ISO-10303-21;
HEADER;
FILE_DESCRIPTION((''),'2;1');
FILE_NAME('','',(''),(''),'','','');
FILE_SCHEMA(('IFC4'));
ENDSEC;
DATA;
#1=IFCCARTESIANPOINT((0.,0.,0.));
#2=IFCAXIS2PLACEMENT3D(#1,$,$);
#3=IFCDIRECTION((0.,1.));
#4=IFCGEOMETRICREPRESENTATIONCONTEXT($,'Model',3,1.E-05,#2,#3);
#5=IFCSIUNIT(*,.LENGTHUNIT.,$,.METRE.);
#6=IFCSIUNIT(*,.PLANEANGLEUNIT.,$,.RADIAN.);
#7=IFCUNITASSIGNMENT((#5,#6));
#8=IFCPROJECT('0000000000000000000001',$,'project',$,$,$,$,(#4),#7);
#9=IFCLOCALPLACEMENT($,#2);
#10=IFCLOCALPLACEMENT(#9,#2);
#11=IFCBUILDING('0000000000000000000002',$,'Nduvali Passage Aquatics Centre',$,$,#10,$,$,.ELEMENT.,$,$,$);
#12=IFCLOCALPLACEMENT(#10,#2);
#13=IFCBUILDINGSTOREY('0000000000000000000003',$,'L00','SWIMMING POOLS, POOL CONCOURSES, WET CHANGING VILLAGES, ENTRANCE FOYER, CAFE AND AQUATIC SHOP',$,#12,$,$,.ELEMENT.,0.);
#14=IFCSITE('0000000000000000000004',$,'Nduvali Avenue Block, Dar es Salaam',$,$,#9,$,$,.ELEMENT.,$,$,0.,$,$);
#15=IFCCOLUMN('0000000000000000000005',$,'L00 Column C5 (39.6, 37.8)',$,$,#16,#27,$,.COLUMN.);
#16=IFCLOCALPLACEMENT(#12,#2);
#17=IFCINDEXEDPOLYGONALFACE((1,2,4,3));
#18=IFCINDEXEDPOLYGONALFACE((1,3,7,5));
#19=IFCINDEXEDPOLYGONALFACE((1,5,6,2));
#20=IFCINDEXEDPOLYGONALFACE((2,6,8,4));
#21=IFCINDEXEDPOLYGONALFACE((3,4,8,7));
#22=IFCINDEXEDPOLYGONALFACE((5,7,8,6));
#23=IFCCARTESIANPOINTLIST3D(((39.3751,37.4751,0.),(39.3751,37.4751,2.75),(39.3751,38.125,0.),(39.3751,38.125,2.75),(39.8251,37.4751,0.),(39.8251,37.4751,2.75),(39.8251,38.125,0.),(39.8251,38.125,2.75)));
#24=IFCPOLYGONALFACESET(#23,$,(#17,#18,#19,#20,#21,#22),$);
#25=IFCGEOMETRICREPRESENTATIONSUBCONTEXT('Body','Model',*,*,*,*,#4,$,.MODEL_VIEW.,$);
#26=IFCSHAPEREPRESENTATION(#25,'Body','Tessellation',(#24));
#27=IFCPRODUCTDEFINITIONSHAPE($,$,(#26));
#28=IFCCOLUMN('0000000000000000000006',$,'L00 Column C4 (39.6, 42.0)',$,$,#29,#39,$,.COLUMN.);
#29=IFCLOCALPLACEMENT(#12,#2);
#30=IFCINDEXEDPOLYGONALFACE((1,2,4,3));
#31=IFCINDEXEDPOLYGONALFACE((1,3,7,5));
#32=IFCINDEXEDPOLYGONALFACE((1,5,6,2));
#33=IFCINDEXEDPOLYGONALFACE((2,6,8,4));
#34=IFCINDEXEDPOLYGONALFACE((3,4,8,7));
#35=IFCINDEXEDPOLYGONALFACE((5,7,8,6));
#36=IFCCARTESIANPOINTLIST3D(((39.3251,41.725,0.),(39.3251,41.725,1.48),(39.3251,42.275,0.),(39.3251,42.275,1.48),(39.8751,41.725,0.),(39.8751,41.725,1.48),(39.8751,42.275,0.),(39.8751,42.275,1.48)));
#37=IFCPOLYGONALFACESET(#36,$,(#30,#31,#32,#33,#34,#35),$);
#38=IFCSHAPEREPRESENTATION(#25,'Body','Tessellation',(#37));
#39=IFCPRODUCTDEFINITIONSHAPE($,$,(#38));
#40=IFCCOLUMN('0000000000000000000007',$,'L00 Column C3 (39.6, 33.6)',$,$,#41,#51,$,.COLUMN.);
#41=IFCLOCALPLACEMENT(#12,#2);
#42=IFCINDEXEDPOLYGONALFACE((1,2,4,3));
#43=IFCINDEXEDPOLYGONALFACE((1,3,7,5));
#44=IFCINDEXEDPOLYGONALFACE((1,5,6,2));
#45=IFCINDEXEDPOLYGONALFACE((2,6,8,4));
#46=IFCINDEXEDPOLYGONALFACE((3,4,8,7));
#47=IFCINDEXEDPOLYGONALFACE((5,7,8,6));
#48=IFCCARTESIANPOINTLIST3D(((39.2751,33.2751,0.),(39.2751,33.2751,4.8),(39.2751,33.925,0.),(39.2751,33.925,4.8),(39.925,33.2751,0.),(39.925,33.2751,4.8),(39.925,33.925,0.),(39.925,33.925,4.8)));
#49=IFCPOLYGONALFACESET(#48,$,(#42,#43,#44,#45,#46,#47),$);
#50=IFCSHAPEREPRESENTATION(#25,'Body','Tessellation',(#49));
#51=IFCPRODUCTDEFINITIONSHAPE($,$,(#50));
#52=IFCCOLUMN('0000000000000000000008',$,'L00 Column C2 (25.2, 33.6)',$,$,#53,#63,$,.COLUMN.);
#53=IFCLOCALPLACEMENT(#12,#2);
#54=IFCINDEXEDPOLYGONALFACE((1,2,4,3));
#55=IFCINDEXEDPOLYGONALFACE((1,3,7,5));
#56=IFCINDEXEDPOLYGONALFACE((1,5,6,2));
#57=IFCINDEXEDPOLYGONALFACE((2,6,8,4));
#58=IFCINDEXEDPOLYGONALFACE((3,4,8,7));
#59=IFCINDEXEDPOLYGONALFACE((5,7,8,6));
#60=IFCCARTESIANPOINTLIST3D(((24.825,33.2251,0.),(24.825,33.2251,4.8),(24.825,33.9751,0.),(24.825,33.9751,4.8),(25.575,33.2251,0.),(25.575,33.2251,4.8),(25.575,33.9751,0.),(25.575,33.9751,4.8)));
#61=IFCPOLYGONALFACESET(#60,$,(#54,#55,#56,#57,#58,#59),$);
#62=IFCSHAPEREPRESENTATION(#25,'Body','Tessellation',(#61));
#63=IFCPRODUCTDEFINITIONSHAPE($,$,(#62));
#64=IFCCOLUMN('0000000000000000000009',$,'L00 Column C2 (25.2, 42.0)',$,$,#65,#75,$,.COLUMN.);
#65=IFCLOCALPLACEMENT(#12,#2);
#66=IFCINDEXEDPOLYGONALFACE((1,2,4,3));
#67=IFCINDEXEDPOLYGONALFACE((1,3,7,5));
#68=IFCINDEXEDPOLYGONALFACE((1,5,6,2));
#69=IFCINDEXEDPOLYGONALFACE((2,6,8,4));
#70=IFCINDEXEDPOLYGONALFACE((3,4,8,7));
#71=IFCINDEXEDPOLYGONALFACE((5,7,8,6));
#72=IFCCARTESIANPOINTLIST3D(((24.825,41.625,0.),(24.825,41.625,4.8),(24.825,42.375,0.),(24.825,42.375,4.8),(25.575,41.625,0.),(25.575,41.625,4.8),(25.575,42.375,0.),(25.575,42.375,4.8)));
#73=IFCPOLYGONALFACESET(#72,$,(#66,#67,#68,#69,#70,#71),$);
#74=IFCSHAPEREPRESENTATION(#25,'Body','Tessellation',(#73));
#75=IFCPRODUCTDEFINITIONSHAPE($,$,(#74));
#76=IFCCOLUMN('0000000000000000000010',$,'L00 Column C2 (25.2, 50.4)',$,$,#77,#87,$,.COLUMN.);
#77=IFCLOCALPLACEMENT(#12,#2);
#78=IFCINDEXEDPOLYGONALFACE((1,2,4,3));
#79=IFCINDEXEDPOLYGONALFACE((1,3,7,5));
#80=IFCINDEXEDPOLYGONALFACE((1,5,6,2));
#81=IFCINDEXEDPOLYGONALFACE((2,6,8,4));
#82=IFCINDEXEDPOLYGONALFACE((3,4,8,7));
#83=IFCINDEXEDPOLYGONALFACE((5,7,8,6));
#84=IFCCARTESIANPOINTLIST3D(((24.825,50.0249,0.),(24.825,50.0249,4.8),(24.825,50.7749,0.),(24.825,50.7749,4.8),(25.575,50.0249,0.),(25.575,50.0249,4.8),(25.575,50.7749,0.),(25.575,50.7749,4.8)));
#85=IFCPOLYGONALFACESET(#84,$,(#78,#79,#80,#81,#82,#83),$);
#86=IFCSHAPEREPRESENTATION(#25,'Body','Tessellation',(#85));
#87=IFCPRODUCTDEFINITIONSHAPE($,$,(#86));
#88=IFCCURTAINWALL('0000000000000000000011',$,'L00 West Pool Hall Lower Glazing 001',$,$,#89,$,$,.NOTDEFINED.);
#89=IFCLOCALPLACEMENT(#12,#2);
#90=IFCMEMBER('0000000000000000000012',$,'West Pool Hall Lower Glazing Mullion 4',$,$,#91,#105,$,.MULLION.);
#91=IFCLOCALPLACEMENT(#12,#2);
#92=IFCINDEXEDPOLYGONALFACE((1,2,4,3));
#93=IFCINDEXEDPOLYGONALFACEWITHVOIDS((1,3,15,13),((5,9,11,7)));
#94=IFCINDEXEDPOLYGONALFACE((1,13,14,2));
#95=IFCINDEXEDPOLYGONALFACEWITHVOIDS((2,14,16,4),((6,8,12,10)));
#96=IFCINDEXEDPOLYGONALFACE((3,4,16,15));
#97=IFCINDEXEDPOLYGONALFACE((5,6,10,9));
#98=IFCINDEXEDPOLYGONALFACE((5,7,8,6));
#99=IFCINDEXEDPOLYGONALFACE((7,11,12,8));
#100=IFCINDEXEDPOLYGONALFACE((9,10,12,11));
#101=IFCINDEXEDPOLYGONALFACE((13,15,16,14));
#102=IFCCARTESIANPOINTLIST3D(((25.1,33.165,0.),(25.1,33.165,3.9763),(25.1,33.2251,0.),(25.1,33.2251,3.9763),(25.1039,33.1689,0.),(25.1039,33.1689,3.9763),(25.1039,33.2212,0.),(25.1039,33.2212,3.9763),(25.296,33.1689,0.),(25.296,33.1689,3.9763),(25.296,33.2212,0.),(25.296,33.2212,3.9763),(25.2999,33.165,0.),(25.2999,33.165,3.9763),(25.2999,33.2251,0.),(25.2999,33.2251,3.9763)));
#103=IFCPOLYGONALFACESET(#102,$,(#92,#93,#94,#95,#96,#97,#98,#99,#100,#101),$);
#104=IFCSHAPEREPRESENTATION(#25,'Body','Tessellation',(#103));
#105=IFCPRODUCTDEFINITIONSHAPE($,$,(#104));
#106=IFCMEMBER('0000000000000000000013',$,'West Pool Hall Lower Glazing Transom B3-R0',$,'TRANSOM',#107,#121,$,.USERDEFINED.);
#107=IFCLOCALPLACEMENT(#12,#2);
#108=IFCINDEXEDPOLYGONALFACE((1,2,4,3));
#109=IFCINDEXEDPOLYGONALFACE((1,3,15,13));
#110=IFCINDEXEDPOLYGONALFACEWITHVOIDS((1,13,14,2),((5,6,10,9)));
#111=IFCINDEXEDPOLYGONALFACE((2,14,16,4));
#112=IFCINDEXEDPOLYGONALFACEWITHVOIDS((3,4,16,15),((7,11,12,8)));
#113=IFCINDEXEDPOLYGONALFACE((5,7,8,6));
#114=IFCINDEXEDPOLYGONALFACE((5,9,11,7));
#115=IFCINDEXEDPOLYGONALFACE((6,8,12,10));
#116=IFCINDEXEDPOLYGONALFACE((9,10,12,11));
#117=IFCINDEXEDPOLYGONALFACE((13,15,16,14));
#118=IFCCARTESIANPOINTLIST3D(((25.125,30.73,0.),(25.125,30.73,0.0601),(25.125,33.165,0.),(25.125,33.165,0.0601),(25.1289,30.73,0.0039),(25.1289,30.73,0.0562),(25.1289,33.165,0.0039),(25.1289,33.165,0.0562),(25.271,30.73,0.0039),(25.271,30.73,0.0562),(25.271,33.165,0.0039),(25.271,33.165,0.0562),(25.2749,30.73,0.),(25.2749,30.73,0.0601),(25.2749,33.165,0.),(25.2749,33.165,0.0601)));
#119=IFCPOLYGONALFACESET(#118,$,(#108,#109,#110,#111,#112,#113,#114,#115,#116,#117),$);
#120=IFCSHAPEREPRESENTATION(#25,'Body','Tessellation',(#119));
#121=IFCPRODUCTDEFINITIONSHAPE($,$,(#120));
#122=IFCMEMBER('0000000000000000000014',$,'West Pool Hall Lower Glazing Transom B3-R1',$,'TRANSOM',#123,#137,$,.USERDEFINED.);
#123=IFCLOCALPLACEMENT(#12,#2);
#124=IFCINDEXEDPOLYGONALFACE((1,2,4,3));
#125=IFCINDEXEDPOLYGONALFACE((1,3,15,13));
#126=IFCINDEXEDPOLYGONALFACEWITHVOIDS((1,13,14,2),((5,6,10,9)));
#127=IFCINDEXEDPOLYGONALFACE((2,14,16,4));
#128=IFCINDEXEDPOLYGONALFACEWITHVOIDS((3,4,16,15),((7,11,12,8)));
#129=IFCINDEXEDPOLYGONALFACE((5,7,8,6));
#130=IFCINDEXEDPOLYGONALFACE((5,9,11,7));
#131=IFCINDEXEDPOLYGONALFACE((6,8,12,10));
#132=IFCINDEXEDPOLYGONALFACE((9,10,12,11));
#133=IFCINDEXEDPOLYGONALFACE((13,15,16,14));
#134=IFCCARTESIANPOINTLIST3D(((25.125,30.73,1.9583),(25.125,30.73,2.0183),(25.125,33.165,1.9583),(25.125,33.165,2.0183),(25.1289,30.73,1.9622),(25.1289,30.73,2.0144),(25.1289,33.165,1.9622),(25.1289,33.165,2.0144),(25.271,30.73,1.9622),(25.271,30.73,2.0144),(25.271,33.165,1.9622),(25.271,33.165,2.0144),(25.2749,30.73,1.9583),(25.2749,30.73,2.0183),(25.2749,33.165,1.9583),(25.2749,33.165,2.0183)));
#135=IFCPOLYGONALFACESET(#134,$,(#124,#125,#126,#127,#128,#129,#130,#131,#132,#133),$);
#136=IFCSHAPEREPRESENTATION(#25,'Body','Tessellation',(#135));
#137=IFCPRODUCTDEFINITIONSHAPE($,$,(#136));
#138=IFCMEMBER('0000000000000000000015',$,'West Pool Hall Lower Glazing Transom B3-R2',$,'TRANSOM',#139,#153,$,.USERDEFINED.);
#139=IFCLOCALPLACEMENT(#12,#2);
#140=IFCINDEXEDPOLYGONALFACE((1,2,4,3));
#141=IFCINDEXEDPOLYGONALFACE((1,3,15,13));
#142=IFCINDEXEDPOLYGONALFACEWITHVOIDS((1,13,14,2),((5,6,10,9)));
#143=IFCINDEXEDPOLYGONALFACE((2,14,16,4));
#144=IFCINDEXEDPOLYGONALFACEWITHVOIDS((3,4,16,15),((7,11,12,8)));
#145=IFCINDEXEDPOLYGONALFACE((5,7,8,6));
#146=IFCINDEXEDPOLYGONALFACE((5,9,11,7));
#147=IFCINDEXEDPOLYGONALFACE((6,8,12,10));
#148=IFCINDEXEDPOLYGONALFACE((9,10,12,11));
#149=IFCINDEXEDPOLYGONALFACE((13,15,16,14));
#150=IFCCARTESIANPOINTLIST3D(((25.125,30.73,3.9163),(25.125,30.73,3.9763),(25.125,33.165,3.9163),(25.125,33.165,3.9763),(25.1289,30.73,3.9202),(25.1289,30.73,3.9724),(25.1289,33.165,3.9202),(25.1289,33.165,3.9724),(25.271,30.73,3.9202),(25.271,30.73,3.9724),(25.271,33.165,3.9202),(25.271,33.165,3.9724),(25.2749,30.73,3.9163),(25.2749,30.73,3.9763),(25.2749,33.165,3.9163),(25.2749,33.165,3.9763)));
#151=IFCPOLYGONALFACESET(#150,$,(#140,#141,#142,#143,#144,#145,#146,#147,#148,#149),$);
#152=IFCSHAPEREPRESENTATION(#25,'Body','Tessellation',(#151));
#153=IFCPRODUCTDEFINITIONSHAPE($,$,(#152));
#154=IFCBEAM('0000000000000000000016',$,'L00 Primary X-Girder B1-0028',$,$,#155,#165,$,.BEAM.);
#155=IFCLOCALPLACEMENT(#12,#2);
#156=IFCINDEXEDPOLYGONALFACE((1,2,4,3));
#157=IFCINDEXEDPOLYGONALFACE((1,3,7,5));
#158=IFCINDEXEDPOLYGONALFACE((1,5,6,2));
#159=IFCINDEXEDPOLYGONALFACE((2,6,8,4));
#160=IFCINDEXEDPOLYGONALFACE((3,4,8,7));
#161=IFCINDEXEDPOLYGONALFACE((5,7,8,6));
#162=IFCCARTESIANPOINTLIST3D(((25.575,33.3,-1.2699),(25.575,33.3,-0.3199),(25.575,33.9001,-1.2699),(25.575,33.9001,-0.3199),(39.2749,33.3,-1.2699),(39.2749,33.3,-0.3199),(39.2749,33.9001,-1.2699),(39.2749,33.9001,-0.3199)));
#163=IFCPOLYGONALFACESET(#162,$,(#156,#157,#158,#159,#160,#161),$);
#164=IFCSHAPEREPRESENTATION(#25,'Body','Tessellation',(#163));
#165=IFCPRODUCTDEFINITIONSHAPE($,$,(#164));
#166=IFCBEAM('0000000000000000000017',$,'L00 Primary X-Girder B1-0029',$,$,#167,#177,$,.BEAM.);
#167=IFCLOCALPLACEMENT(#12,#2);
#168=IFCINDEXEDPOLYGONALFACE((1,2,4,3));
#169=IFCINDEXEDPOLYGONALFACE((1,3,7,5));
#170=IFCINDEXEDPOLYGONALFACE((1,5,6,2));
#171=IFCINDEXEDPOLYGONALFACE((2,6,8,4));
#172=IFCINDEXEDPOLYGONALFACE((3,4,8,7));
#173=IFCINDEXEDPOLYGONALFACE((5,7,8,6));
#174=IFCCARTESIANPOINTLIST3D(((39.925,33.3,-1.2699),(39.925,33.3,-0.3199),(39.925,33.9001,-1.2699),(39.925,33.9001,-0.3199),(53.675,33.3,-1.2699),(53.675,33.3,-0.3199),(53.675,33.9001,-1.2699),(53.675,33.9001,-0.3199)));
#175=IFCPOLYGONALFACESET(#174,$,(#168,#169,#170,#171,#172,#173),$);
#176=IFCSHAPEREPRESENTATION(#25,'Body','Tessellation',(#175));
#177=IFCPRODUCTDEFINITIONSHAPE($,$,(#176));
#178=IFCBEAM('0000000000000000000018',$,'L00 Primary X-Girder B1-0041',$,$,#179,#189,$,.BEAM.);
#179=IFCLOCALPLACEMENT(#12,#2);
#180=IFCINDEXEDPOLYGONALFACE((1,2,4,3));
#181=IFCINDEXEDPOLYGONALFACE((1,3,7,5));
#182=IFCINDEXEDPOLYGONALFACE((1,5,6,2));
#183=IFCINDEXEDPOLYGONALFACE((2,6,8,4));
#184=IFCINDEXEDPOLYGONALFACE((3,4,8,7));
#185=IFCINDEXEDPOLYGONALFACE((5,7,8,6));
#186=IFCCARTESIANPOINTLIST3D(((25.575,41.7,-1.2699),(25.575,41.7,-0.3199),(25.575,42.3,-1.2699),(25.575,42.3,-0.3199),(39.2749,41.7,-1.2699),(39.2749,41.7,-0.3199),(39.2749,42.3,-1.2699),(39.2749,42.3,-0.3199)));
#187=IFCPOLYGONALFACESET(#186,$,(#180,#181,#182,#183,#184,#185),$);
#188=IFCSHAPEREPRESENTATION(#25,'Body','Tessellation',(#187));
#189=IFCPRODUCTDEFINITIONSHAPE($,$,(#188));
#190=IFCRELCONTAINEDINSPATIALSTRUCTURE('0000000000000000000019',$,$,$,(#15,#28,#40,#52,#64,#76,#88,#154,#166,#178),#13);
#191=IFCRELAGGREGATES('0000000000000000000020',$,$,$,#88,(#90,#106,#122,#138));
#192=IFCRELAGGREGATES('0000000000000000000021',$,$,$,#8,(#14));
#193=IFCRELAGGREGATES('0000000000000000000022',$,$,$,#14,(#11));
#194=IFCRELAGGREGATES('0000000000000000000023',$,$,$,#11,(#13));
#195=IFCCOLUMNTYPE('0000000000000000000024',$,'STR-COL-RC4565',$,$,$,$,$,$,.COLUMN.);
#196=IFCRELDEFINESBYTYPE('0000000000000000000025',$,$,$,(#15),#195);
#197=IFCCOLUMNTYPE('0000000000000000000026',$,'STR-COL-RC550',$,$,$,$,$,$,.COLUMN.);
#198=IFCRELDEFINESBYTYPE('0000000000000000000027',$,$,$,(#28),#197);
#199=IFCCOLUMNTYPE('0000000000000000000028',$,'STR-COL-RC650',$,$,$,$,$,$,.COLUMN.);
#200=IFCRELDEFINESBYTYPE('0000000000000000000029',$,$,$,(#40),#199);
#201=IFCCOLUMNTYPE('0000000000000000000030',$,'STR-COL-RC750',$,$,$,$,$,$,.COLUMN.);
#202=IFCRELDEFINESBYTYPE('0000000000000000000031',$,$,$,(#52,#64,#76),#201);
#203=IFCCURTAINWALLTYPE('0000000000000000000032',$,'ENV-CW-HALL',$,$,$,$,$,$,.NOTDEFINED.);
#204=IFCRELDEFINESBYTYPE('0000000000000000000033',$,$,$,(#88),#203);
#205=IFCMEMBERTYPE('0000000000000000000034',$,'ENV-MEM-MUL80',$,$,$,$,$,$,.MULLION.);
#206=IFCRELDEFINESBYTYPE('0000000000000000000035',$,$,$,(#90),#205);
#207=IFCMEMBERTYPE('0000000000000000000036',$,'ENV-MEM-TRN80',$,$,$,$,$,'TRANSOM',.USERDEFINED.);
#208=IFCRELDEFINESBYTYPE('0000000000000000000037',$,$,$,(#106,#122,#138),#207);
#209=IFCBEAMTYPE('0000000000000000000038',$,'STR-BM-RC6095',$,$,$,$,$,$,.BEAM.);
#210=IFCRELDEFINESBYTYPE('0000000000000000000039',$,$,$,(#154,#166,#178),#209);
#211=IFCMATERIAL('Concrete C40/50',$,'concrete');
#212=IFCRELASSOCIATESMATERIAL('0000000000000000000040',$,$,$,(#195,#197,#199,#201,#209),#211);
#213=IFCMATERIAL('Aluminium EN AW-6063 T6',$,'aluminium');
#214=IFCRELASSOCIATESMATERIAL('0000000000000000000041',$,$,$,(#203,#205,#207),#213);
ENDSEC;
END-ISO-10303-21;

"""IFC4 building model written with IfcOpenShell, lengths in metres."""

from ifc_helpers import new_model, si_unit, direction, frame, origin, origin_2d, place, context, subcontext, project, spatial, rectangle, hollow_rectangle, extrude, material, material_profile, profile_set, type_object, element, aggregate, save


model = new_model("IFC4")

# Units and contexts
model_context = context("Model", 3, precision=1e-05, world=origin(), true_north=direction((0.0, 1.0)))
body_context = subcontext(model_context, "Body", "Model", "MODEL_VIEW")
ifc_project = project(units=[si_unit("LENGTHUNIT", "METRE"), si_unit("PLANEANGLEUNIT", "RADIAN")], contexts=[model_context])

# Site, building, storey
site_placement = place(None, origin())
site = spatial("IfcSite", under=ifc_project, at=site_placement, Name="Nduvali Avenue Block, Dar es Salaam", CompositionType="ELEMENT", RefElevation=0.0)
building_placement = place(site_placement, origin())
building = spatial("IfcBuilding", under=site, at=building_placement, Name="Nduvali Passage Aquatics Centre", CompositionType="ELEMENT")
storey_placement = place(building_placement, origin())
storey = spatial("IfcBuildingStorey", under=building, at=storey_placement, Name="L00", Description="SWIMMING POOLS, POOL CONCOURSES, WET CHANGING VILLAGES, ENTRANCE FOYER, CAFE AND AQUATIC SHOP", CompositionType="ELEMENT", Elevation=0.0)

# Columns
ifc_material_1 = material(Name="Concrete C40/50", Category="concrete")
ifc_material_profile_1 = material_profile(ifc_material_1, rectangle(XDim=0.45, YDim=0.6499, at=origin_2d()), Name="RC 450x650")
ifc_profile_set_1 = profile_set([ifc_material_profile_1], Name="Concrete C40/50")
column_type_1 = type_object("IfcColumnType", Name="STR-COL-RC4565", PredefinedType="COLUMN", material=ifc_profile_set_1)
column_1_placement = place(storey_placement, frame((39.6001, 37.8, 0.0), z_axis=(0.0, 0.0, 1.0), x_axis=(1.0, 0.0, 0.0)))
element("IfcColumn", 1, at=column_1_placement, inside=storey, type_object=column_type_1, Name="L00 Column C5 (39.6, 37.8)", PredefinedType="COLUMN", context=body_context, shape_type="SweptSolid", body=[
    extrude(rectangle(XDim=0.45, YDim=0.6499, at=origin_2d()), origin(), (0.0, 0.0, 1.0), 2.75),
])
ifc_material_profile_2 = material_profile(ifc_material_1, rectangle(XDim=0.55, YDim=0.55, at=origin_2d()), Name="RC 550x550")
ifc_profile_set_2 = profile_set([ifc_material_profile_2], Name="Concrete C40/50")
column_type_2 = type_object("IfcColumnType", Name="STR-COL-RC550", PredefinedType="COLUMN", material=ifc_profile_set_2)
column_2_placement = place(storey_placement, frame((39.6001, 42.0, 0.0), z_axis=(0.0, 0.0, 1.0), x_axis=(1.0, 0.0, 0.0)))
element("IfcColumn", 2, at=column_2_placement, inside=storey, type_object=column_type_2, Name="L00 Column C4 (39.6, 42.0)", PredefinedType="COLUMN", context=body_context, shape_type="SweptSolid", body=[
    extrude(rectangle(XDim=0.55, YDim=0.55, at=origin_2d()), origin(), (0.0, 0.0, 1.0), 1.48),
])
ifc_material_profile_3 = material_profile(ifc_material_1, rectangle(XDim=0.6499, YDim=0.6499, at=origin_2d()), Name="RC 650x650")
ifc_profile_set_3 = profile_set([ifc_material_profile_3], Name="Concrete C40/50")
column_type_3 = type_object("IfcColumnType", Name="STR-COL-RC650", PredefinedType="COLUMN", material=ifc_profile_set_3)
column_3_placement = place(storey_placement, frame((39.6001, 33.6001, 0.0), z_axis=(0.0, 0.0, 1.0), x_axis=(1.0, 0.0, 0.0)))
element("IfcColumn", 3, at=column_3_placement, inside=storey, type_object=column_type_3, Name="L00 Column C3 (39.6, 33.6)", PredefinedType="COLUMN", context=body_context, shape_type="SweptSolid", body=[
    extrude(rectangle(XDim=0.6499, YDim=0.6499, at=origin_2d()), origin(), (0.0, 0.0, 1.0), 4.8),
])
ifc_material_profile_4 = material_profile(ifc_material_1, rectangle(XDim=0.75, YDim=0.75, at=origin_2d()), Name="RC 750x750")
ifc_profile_set_4 = profile_set([ifc_material_profile_4], Name="Concrete C40/50")
column_type_4 = type_object("IfcColumnType", Name="STR-COL-RC750", PredefinedType="COLUMN", material=ifc_profile_set_4)
for number, where, z_axis, x_axis, name in (
    (4, (25.2, 33.6001, 0.0), (0.0, 0.0, 1.0), (1.0, 0.0, 0.0), "L00 Column C2 (25.2, 33.6)"),
    (5, (25.2, 42.0, 0.0), (0.0, 0.0, 1.0), (1.0, 0.0, 0.0), "L00 Column C2 (25.2, 42.0)"),
    (6, (25.2, 50.3999, 0.0), (0.0, 0.0, 1.0), (1.0, 0.0, 0.0), "L00 Column C2 (25.2, 50.4)"),
):
    element("IfcColumn", number, at=place(storey_placement, frame(where, z_axis=z_axis, x_axis=x_axis)), inside=storey, type_object=column_type_4, Name=name, PredefinedType="COLUMN", context=body_context, shape_type="SweptSolid", body=[
        extrude(rectangle(XDim=0.75, YDim=0.75, at=origin_2d()), origin(), (0.0, 0.0, 1.0), 4.8),
    ])

# Curtain wall, members
ifc_material_2 = material(Name="Aluminium EN AW-6063 T6", Category="aluminium")
curtain_wall_type = type_object("IfcCurtainWallType", Name="ENV-CW-HALL", PredefinedType="NOTDEFINED", material=ifc_material_2)
curtain_wall_placement = place(storey_placement, origin())
curtain_wall = element("IfcCurtainWall", 7, at=curtain_wall_placement, inside=storey, type_object=curtain_wall_type, Name="L00 West Pool Hall Lower Glazing 001", PredefinedType="NOTDEFINED")
ifc_material_profile_5 = material_profile(ifc_material_2, hollow_rectangle(XDim=0.0601, YDim=0.2, WallThickness=0.0039, at=origin_2d()), Name="ALU MULLION 60x200x4")
ifc_profile_set_5 = profile_set([ifc_material_profile_5], Name="Aluminium EN AW-6063 T6")
member_type_1 = type_object("IfcMemberType", Name="ENV-MEM-MUL80", PredefinedType="MULLION", material=ifc_profile_set_5)
member_1_placement = place(storey_placement, frame((25.2, 33.1951, 0.0), z_axis=(0.0, 0.0, 1.0), x_axis=(0.0, 1.0, 0.0)))
member_1 = element("IfcMember", 8, at=member_1_placement, type_object=member_type_1, Name="West Pool Hall Lower Glazing Mullion 4", PredefinedType="MULLION", context=body_context, shape_type="SweptSolid", body=[
    extrude(hollow_rectangle(XDim=0.0601, YDim=0.2, WallThickness=0.0039, at=origin_2d()), origin(), (0.0, 0.0, 1.0), 3.9763),
])
ifc_material_profile_6 = material_profile(ifc_material_2, hollow_rectangle(XDim=0.1499, YDim=0.0601, WallThickness=0.0039, at=origin_2d()), Name="ALU TRANSOM 150x60x4")
ifc_profile_set_6 = profile_set([ifc_material_profile_6], Name="Aluminium EN AW-6063 T6")
member_type_2 = type_object("IfcMemberType", Name="ENV-MEM-TRN80", ElementType="TRANSOM", PredefinedType="USERDEFINED", material=ifc_profile_set_6)
member_2_placement = place(storey_placement, frame((25.2, 30.73, 0.03), z_axis=(0.0, 1.0, 0.0), x_axis=(-1.0, 0.0, 0.0)))
member_2 = element("IfcMember", 9, at=member_2_placement, type_object=member_type_2, Name="West Pool Hall Lower Glazing Transom B3-R0", ObjectType="TRANSOM", PredefinedType="USERDEFINED", context=body_context, shape_type="SweptSolid", body=[
    extrude(hollow_rectangle(XDim=0.1499, YDim=0.0601, WallThickness=0.0039, at=origin_2d()), origin(), (0.0, 0.0, 1.0), 2.4351),
])
member_3_placement = place(storey_placement, frame((25.2, 30.73, 1.9883), z_axis=(0.0, 1.0, 0.0), x_axis=(-1.0, 0.0, 0.0)))
member_3 = element("IfcMember", 10, at=member_3_placement, type_object=member_type_2, Name="West Pool Hall Lower Glazing Transom B3-R1", ObjectType="TRANSOM", PredefinedType="USERDEFINED", context=body_context, shape_type="SweptSolid", body=[
    extrude(hollow_rectangle(XDim=0.1499, YDim=0.0601, WallThickness=0.0039, at=origin_2d()), origin(), (0.0, 0.0, 1.0), 2.4351),
])
member_4_placement = place(storey_placement, frame((25.2, 30.73, 3.9463), z_axis=(0.0, 1.0, 0.0), x_axis=(-1.0, 0.0, 0.0)))
member_4 = element("IfcMember", 11, at=member_4_placement, type_object=member_type_2, Name="West Pool Hall Lower Glazing Transom B3-R2", ObjectType="TRANSOM", PredefinedType="USERDEFINED", context=body_context, shape_type="SweptSolid", body=[
    extrude(hollow_rectangle(XDim=0.1499, YDim=0.0601, WallThickness=0.0039, at=origin_2d()), origin(), (0.0, 0.0, 1.0), 2.4351),
])

# Beams
ifc_material_profile_7 = material_profile(ifc_material_1, rectangle(XDim=0.6001, YDim=0.95, at=origin_2d()), Name="RC 600x950")
ifc_profile_set_7 = profile_set([ifc_material_profile_7], Name="Concrete C40/50")
beam_type_1 = type_object("IfcBeamType", Name="STR-BM-RC6095", PredefinedType="BEAM", material=ifc_profile_set_7)
beam_1_placement = place(storey_placement, frame((25.575, 33.6001, -0.7949), z_axis=(1.0, 0.0, 0.0), x_axis=(0.0, 1.0, 0.0)))
element("IfcBeam", 12, at=beam_1_placement, inside=storey, type_object=beam_type_1, Name="L00 Primary X-Girder B1-0028", PredefinedType="BEAM", context=body_context, shape_type="SweptSolid", body=[
    extrude(rectangle(XDim=0.6001, YDim=0.95, at=origin_2d()), origin(), (0.0, 0.0, 1.0), 13.7),
])
beam_2_placement = place(storey_placement, frame((39.925, 33.6001, -0.7949), z_axis=(1.0, 0.0, 0.0), x_axis=(0.0, 1.0, 0.0)))
element("IfcBeam", 13, at=beam_2_placement, inside=storey, type_object=beam_type_1, Name="L00 Primary X-Girder B1-0029", PredefinedType="BEAM", context=body_context, shape_type="SweptSolid", body=[
    extrude(rectangle(XDim=0.6001, YDim=0.95, at=origin_2d()), origin(), (0.0, 0.0, 1.0), 13.75),
])
beam_3_placement = place(storey_placement, frame((25.575, 42.0, -0.7949), z_axis=(1.0, 0.0, 0.0), x_axis=(0.0, 1.0, 0.0)))
element("IfcBeam", 14, at=beam_3_placement, inside=storey, type_object=beam_type_1, Name="L00 Primary X-Girder B1-0041", PredefinedType="BEAM", context=body_context, shape_type="SweptSolid", body=[
    extrude(rectangle(XDim=0.6001, YDim=0.95, at=origin_2d()), origin(), (0.0, 0.0, 1.0), 13.7),
])

aggregate(curtain_wall, [member_1, member_2, member_3, member_4])

save(model, "model.ifc")
